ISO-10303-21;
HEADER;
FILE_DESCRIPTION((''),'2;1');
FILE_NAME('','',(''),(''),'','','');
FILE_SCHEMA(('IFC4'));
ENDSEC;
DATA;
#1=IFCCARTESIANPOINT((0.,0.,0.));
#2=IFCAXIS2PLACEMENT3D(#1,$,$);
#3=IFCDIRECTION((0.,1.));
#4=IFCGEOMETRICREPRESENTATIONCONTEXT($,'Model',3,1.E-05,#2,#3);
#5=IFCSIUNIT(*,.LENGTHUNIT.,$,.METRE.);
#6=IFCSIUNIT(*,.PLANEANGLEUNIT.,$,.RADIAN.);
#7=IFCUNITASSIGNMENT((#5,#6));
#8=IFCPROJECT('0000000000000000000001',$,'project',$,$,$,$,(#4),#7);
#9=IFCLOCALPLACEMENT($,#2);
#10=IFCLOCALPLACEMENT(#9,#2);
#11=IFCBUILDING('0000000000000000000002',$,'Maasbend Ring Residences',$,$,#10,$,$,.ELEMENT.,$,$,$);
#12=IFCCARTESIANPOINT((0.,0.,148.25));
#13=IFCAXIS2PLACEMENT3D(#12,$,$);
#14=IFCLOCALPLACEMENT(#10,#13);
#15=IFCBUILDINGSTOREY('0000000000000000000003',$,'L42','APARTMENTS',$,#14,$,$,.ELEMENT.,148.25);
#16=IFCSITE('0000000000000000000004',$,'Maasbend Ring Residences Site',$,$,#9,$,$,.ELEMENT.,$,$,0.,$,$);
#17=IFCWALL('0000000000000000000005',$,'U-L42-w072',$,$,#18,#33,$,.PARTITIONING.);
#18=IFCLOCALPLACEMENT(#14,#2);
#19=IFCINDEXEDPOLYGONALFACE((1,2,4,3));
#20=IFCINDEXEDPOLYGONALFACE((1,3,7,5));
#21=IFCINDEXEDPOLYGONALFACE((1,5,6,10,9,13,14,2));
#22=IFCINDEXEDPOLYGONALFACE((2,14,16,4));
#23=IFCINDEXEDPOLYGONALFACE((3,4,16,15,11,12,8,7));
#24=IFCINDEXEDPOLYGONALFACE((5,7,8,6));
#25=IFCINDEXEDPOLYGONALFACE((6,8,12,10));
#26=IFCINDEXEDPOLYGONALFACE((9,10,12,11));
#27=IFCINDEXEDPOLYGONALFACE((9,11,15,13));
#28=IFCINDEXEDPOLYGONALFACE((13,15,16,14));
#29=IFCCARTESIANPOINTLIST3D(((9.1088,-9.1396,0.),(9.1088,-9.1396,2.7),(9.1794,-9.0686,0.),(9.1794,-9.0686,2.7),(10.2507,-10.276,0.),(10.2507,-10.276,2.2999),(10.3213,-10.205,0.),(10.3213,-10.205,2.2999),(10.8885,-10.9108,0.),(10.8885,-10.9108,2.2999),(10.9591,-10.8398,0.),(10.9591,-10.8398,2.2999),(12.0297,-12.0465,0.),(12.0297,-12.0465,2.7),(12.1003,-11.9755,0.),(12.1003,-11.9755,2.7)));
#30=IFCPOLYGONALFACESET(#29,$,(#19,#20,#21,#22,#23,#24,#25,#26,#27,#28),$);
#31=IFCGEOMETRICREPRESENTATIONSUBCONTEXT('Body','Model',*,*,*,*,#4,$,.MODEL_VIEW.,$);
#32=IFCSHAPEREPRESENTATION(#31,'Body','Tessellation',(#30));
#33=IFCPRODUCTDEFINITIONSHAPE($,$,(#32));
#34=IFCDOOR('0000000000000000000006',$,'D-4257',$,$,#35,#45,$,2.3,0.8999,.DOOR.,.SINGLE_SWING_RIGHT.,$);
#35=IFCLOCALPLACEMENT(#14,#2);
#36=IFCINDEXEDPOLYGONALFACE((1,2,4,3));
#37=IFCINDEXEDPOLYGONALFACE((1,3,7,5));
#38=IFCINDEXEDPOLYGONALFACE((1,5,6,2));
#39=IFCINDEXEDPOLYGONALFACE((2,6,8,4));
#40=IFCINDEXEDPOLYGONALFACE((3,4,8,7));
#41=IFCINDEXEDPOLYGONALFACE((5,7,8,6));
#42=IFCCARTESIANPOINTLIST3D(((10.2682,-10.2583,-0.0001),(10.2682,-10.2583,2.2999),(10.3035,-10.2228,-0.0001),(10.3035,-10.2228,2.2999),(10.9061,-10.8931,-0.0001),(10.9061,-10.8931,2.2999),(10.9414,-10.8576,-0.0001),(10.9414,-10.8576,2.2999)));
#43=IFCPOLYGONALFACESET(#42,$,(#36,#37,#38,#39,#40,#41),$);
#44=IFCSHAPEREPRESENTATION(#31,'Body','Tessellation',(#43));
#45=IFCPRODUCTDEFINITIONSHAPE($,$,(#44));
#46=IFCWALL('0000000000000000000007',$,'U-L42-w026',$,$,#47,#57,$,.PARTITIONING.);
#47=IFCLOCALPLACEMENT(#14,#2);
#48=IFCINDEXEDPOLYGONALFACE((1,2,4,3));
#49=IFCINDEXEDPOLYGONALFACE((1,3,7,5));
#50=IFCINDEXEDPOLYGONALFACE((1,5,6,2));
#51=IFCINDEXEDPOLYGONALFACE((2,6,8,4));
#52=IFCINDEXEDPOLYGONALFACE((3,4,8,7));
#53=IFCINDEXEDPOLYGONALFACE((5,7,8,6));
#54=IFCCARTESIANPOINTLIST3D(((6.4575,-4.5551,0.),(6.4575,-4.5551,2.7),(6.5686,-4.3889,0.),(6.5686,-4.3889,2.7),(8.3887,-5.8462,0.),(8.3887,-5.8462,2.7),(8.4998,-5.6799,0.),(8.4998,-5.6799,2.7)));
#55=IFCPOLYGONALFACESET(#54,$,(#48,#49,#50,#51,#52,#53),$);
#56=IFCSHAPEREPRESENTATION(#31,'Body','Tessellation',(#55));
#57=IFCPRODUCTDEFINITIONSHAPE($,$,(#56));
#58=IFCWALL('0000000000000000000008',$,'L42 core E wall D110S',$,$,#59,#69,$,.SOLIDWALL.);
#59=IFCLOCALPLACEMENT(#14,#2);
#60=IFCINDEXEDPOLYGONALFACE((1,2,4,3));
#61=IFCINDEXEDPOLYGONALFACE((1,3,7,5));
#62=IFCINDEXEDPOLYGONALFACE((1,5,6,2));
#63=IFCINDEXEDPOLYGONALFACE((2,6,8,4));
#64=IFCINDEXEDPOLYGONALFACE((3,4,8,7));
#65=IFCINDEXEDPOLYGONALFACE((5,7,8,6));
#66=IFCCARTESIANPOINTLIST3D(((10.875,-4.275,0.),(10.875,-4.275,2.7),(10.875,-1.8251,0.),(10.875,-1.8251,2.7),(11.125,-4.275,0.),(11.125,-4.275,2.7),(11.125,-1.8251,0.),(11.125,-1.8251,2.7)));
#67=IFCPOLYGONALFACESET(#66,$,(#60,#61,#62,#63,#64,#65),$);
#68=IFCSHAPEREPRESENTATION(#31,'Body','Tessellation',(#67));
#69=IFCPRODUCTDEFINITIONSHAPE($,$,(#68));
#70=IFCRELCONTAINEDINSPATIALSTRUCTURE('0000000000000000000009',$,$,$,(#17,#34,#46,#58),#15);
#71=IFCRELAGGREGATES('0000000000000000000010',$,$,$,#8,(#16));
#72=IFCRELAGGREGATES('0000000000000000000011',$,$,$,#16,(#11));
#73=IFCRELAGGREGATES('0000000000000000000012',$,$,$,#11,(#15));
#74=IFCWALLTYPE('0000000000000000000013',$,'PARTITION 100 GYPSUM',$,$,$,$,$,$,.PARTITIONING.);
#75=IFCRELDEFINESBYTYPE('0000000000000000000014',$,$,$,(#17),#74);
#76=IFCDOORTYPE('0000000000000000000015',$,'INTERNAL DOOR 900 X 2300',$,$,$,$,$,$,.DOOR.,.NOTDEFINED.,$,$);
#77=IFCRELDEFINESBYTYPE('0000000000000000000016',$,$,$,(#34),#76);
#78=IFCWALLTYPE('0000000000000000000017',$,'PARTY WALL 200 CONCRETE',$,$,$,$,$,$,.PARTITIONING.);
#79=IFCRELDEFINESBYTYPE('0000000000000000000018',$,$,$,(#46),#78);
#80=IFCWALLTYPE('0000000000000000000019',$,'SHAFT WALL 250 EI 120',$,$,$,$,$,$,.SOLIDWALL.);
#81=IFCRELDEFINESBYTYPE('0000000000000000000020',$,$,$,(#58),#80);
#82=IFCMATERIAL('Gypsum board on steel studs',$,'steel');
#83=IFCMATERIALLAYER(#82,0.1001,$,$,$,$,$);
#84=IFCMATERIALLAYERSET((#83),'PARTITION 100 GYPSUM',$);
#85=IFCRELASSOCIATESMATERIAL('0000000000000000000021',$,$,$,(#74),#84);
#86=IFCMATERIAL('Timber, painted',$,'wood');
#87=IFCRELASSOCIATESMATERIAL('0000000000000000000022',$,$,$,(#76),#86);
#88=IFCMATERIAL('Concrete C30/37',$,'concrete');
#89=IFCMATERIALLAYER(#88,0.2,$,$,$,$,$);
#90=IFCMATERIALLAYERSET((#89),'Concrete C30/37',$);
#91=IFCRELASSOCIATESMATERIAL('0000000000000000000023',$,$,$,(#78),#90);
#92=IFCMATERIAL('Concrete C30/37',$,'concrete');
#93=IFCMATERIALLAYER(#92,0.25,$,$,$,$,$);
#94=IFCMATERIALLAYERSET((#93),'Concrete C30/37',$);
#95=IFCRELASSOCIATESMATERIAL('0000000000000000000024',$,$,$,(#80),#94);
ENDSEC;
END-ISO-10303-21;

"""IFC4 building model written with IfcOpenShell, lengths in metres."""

from ifc_helpers import new_model, si_unit, direction, frame, frame_2d, origin, place, context, subcontext, project, spatial, rectangle, extrude, material, layer, layer_set, type_object, element, fill, save


model = new_model("IFC4")

# Units and contexts
model_context = context("Model", 3, precision=1e-05, world=origin(), true_north=direction((0.0, 1.0)))
body_context = subcontext(model_context, "Body", "Model", "MODEL_VIEW")
ifc_project = project(units=[si_unit("LENGTHUNIT", "METRE"), si_unit("PLANEANGLEUNIT", "RADIAN")], contexts=[model_context])

# Site, building, storey
site_placement = place(None, origin())
site = spatial("IfcSite", under=ifc_project, at=site_placement, Name="Maasbend Ring Residences Site", CompositionType="ELEMENT", RefElevation=0.0)
building_placement = place(site_placement, origin())
building = spatial("IfcBuilding", under=site, at=building_placement, Name="Maasbend Ring Residences", CompositionType="ELEMENT")
storey_placement = place(building_placement, frame((0.0, 0.0, 148.25)))
storey = spatial("IfcBuildingStorey", under=building, at=storey_placement, Name="L42", Description="APARTMENTS", CompositionType="ELEMENT", Elevation=148.25)

# Shared definitions
ifc_material_1 = material(Name="Gypsum board on steel studs", Category="steel")
ifc_layer_1 = layer(ifc_material_1, 0.1001)
ifc_layer_set_1 = layer_set([ifc_layer_1], Name="PARTITION 100 GYPSUM")
wall_type_1 = type_object("IfcWallType", Name="PARTITION 100 GYPSUM", PredefinedType="PARTITIONING", material=ifc_layer_set_1)

# Wall, opening, door
ifc_material_2 = material(Name="Timber, painted", Category="wood")
door_type_1 = type_object("IfcDoorType", Name="INTERNAL DOOR 900 X 2300", OperationType="NOTDEFINED", PredefinedType="DOOR", material=ifc_material_2)
wall_1_placement = place(storey_placement, frame((9.144, -9.104, 0.0), z_axis=(0.0, 0.0, 1.0), x_axis=(0.708793, -0.705416, 0.0)))
wall_1 = element("IfcWall", 1, at=wall_1_placement, inside=storey, type_object=wall_type_1, Name="U-L42-w072", PredefinedType="PARTITIONING", context=body_context, shape_type="SweptSolid", body=[
    extrude(rectangle(XDim=4.1208, YDim=0.1001, at=frame_2d((2.0605, 0.0))), origin(), (0.0, 0.0, 1.0), 2.7),
])
opening_1_placement = place(wall_1_placement, frame((1.6111, 0.0, 0.0)))
opening_1 = element("IfcOpeningElement", 2, at=opening_1_placement, cuts=wall_1, PredefinedType="OPENING", context=body_context, shape_type="SweptSolid", body=[
    extrude(rectangle(XDim=0.8999, YDim=2.3, at=frame_2d((0.45, 1.1499))), frame((0.0, 0.0601, 0.0), z_axis=(0.0, -1.0, 0.0), x_axis=(1.0, 0.0, 0.0)), (0.0, 0.0, 1.0), 0.1201),
])
door_1_placement = place(opening_1_placement, origin())
door_1 = element("IfcDoor", 3, at=door_1_placement, inside=storey, type_object=door_type_1, Name="D-4257", OperationType="SINGLE_SWING_RIGHT", OverallHeight=2.3, OverallWidth=0.8999, PredefinedType="DOOR", context=body_context, shape_type="SweptSolid", body=[
    extrude(rectangle(XDim=0.8999, YDim=2.3, at=frame_2d((0.45, 1.1499))), frame((0.0, 0.0249, 0.0), z_axis=(0.0, -1.0, 0.0), x_axis=(1.0, 0.0, 0.0)), (0.0, 0.0, 1.0), 0.05),
])
fill(opening_1, door_1)

# Walls
ifc_material_3 = material(Name="Concrete C30/37", Category="concrete")
ifc_layer_2 = layer(ifc_material_3, 0.2)
ifc_layer_set_2 = layer_set([ifc_layer_2], Name="Concrete C30/37")
wall_type_2 = type_object("IfcWallType", Name="PARTY WALL 200 CONCRETE", PredefinedType="PARTITIONING", material=ifc_layer_set_2)
wall_2_placement = place(storey_placement, frame((6.5129, -4.4719, 0.0), z_axis=(0.0, 0.0, 1.0), x_axis=(0.831338, -0.555767, 0.0)))
element("IfcWall", 4, at=wall_2_placement, inside=storey, type_object=wall_type_2, Name="U-L42-w026", PredefinedType="PARTITIONING", context=body_context, shape_type="SweptSolid", body=[
    extrude(rectangle(XDim=2.323, YDim=0.2, at=frame_2d((1.1616, 0.0))), origin(), (0.0, 0.0, 1.0), 2.7),
])
ifc_material_4 = material(Name="Concrete C30/37", Category="concrete")
ifc_layer_3 = layer(ifc_material_4, 0.25)
ifc_layer_set_3 = layer_set([ifc_layer_3], Name="Concrete C30/37")
wall_type_3 = type_object("IfcWallType", Name="SHAFT WALL 250 EI 120", PredefinedType="SOLIDWALL", material=ifc_layer_set_3)
wall_3_placement = place(storey_placement, frame((11.0, -1.825, 0.0), z_axis=(0.0, 0.0, 1.0), x_axis=(0.0, -1.0, 0.0)))
element("IfcWall", 5, at=wall_3_placement, inside=storey, type_object=wall_type_3, Name="L42 core E wall D110S", PredefinedType="SOLIDWALL", context=body_context, shape_type="SweptSolid", body=[
    extrude(rectangle(XDim=2.45, YDim=0.25, at=frame_2d((1.2251, 0.0))), origin(), (0.0, 0.0, 1.0), 2.7),
])

save(model, "model.ifc")
